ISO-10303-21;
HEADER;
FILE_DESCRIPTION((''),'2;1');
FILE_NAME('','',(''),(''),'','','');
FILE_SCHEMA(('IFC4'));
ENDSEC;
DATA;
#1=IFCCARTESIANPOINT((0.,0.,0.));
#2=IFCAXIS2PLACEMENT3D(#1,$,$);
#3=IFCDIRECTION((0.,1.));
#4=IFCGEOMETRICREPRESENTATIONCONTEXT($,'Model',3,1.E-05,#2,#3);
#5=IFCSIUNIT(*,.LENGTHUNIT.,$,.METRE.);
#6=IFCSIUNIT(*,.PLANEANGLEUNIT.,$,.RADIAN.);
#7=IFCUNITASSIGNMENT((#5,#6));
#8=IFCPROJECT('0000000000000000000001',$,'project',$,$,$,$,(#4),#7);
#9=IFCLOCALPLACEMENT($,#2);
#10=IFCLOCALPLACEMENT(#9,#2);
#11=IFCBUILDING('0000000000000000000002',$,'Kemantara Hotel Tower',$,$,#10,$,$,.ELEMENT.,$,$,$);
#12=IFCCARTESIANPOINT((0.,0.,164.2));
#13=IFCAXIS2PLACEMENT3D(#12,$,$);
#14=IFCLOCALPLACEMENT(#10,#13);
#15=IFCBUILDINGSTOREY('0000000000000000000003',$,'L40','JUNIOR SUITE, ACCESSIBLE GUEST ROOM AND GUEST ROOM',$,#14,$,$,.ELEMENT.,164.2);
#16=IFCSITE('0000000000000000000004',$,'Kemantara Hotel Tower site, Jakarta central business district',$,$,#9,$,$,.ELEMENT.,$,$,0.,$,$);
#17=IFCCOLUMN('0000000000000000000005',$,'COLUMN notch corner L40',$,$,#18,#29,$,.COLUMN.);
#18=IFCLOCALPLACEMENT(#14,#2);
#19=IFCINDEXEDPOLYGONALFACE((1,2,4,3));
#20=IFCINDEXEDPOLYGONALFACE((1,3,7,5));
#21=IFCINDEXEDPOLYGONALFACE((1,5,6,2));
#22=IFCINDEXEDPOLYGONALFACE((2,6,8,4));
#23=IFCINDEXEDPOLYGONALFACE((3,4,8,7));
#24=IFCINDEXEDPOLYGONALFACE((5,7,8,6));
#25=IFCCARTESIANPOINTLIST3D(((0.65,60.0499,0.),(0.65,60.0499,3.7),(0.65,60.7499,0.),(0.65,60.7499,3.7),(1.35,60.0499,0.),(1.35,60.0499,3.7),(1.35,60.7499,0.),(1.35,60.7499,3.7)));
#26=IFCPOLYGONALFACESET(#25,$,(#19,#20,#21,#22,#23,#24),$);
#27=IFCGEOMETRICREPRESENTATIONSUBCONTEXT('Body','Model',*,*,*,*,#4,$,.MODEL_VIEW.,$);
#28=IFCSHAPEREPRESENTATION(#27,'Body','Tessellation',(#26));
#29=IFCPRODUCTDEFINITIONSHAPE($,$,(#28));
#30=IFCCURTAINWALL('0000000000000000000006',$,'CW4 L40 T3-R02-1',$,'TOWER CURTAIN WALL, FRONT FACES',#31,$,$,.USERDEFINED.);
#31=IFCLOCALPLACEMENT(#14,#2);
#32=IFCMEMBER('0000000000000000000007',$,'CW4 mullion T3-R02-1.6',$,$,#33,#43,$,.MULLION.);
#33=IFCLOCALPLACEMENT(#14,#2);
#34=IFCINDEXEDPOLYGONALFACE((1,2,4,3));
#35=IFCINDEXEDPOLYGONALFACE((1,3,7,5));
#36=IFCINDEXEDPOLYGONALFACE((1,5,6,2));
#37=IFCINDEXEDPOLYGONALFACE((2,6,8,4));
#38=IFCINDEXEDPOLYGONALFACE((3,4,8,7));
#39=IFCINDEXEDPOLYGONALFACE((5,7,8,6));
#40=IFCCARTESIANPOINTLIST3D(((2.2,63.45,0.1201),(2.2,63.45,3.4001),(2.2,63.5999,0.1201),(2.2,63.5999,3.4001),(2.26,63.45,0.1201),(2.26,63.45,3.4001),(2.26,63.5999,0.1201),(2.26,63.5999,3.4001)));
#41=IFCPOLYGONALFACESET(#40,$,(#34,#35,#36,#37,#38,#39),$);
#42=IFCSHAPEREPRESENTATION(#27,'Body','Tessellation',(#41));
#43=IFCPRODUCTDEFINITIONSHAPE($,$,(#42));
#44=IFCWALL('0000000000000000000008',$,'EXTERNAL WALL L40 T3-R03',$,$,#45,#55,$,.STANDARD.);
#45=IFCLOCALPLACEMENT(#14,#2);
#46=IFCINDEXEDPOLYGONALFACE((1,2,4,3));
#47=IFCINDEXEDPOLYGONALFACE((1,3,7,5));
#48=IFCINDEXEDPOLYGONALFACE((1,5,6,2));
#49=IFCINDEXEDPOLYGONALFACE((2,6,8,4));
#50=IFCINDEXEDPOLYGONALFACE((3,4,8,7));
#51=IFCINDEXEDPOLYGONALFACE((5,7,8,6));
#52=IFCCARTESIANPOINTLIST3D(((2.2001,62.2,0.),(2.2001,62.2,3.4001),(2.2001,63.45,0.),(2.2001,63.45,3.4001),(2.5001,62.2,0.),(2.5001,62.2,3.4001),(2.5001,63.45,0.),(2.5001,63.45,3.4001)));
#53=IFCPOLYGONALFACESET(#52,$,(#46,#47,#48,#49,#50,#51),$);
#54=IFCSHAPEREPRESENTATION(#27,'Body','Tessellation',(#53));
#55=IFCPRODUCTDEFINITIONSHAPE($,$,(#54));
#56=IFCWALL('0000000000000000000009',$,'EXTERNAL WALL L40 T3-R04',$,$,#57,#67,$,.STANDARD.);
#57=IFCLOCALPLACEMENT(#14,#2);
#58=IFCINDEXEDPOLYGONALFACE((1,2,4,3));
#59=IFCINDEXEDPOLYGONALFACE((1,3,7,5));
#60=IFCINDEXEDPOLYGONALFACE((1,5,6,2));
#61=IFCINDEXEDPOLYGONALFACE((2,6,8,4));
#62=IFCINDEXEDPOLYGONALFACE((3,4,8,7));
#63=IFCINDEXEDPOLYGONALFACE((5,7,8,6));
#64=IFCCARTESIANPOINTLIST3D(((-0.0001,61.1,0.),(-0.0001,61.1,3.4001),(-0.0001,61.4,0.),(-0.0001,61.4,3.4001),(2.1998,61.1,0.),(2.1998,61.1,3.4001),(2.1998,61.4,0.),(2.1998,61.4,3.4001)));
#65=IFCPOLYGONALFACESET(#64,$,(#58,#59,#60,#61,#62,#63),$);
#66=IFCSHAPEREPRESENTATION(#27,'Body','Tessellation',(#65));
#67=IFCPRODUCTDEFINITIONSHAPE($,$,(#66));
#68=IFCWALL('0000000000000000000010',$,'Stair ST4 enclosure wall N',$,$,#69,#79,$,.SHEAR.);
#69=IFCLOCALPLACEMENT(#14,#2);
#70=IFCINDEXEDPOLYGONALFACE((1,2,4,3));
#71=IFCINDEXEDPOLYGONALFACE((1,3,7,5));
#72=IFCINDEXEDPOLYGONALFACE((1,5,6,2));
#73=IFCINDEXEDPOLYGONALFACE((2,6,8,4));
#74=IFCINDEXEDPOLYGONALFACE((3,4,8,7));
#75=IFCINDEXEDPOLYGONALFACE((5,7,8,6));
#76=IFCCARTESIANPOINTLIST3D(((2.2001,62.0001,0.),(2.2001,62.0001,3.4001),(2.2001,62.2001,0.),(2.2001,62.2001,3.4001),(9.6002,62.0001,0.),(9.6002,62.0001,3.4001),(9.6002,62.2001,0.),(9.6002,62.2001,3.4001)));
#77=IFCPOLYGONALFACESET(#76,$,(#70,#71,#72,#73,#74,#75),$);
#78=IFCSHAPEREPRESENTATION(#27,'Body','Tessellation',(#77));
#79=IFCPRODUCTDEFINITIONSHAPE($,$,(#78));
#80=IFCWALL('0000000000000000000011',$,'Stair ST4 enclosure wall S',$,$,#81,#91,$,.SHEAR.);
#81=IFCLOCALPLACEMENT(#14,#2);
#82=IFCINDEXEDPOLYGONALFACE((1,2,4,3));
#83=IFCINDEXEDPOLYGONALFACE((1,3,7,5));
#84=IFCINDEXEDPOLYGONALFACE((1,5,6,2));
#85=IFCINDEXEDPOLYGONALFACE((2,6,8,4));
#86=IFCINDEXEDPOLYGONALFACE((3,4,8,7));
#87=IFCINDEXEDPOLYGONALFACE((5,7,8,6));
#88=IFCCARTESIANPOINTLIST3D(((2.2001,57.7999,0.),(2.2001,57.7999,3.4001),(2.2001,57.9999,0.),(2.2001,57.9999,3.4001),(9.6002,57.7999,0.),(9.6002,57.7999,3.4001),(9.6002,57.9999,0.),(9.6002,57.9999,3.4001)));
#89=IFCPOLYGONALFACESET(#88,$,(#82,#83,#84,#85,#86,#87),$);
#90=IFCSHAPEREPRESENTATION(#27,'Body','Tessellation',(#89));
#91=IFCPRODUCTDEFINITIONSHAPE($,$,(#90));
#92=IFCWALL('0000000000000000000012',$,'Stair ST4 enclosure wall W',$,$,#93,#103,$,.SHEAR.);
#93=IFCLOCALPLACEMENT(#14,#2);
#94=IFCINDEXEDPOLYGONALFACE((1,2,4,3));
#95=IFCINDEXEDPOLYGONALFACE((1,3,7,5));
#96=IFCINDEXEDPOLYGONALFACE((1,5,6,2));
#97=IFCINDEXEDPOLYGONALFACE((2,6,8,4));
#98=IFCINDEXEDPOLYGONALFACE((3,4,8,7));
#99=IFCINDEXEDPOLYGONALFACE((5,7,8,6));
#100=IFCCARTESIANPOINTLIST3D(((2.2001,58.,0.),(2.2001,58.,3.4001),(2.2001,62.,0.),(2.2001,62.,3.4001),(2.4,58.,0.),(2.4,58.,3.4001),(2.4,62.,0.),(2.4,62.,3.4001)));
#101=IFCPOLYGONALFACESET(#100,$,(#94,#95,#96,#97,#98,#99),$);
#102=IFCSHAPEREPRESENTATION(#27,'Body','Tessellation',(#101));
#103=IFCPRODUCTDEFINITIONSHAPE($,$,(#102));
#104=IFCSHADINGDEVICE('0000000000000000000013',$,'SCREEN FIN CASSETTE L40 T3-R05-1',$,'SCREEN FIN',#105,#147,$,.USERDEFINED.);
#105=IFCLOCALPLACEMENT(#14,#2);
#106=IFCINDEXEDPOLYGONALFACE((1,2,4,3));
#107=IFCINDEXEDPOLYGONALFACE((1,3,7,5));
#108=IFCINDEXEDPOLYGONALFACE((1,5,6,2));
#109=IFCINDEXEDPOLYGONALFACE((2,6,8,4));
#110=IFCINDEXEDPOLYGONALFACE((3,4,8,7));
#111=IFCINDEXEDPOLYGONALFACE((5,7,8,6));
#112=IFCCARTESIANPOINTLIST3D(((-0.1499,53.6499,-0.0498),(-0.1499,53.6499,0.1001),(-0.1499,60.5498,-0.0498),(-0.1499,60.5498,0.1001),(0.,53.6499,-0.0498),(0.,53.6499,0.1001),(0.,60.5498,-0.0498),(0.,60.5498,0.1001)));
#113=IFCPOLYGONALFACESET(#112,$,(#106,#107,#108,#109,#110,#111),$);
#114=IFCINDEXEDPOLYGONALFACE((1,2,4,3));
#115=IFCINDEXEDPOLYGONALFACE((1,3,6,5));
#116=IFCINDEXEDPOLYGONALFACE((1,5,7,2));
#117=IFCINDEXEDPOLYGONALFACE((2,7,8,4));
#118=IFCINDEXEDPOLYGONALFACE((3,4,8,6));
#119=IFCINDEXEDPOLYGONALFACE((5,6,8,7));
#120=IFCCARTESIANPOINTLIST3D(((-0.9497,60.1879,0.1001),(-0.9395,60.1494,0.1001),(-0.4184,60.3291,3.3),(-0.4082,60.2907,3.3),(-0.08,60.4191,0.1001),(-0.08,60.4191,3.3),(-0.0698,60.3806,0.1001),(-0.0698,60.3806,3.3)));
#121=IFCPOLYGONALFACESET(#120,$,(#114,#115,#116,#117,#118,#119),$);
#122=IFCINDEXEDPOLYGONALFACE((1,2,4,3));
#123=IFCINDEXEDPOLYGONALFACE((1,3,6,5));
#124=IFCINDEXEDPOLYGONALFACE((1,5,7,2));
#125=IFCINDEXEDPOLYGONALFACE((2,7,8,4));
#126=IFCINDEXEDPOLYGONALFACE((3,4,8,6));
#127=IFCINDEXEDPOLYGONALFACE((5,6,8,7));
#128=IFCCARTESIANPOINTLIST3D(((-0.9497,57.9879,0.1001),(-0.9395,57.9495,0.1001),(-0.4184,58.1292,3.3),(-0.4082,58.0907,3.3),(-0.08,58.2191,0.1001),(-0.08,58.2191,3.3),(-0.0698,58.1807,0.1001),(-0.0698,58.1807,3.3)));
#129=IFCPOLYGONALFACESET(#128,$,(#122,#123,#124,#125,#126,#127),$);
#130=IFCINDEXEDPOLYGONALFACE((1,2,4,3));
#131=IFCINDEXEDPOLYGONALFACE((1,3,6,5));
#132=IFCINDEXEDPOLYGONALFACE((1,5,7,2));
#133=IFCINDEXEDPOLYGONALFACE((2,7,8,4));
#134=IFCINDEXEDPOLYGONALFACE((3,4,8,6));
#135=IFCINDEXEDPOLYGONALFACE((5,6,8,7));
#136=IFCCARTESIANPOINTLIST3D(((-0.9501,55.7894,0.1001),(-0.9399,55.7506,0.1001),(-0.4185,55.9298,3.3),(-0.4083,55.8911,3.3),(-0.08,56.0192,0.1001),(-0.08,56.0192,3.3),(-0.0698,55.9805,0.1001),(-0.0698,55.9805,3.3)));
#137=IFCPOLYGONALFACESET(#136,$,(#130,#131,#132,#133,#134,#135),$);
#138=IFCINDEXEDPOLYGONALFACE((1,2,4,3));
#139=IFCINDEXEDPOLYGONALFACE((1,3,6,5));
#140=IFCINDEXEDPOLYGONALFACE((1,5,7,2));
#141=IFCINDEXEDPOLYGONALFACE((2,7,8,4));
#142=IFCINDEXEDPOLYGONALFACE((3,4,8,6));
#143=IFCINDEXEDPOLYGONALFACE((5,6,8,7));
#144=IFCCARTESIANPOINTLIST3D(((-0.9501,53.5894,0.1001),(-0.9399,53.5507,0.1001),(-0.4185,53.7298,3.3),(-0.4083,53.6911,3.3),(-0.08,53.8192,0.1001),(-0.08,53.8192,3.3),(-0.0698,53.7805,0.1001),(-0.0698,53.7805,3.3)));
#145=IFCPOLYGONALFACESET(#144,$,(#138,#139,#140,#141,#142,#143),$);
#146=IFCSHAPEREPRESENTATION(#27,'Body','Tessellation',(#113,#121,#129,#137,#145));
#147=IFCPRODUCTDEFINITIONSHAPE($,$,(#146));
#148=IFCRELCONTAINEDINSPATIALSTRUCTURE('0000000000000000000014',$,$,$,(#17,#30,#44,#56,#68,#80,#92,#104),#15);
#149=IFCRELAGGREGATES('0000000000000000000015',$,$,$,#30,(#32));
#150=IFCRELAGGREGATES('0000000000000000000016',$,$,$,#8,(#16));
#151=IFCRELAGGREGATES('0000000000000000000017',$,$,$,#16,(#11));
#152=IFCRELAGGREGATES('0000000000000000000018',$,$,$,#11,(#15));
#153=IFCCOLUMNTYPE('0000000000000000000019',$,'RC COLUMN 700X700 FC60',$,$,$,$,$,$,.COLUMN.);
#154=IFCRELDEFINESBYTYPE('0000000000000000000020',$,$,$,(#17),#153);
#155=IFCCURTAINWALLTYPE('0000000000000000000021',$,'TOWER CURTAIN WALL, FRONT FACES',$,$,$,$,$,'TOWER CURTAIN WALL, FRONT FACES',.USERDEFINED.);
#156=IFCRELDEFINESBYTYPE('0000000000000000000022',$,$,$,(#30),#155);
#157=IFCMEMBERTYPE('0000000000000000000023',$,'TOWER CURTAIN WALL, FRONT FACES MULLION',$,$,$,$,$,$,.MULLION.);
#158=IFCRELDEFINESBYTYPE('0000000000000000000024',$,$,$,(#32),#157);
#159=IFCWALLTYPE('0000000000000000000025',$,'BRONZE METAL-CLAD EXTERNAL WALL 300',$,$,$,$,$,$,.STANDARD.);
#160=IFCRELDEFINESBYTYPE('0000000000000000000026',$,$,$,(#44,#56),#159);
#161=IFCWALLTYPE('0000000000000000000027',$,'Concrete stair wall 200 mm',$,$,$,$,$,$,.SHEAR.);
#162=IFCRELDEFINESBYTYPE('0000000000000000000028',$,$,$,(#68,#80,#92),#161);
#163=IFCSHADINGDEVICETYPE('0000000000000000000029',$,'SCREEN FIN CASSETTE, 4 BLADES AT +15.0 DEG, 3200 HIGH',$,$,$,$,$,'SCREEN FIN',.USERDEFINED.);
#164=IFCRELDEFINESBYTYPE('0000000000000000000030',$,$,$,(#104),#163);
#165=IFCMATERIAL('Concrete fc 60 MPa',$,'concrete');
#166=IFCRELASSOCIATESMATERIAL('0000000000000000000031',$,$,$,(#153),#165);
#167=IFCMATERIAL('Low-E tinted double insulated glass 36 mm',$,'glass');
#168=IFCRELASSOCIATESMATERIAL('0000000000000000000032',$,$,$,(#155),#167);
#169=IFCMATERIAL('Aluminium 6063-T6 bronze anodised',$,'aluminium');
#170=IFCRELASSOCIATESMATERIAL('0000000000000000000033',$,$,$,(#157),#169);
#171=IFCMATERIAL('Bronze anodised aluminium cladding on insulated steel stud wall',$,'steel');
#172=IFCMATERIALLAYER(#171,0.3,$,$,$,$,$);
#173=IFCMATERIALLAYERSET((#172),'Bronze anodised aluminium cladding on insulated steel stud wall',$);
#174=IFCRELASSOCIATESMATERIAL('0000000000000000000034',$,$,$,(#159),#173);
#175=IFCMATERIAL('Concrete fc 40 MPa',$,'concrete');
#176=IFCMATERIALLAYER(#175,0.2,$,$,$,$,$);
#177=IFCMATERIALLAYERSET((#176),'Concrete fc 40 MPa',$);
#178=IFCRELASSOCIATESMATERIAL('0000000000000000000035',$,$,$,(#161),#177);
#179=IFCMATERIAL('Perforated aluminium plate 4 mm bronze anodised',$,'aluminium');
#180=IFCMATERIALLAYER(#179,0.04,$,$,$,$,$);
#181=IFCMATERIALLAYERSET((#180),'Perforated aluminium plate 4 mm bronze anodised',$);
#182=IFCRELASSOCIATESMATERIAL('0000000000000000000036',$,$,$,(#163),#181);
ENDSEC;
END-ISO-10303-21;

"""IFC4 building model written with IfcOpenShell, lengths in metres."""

from ifc_helpers import new_model, si_unit, direction, frame, frame_2d, origin, origin_2d, place, context, subcontext, project, spatial, polyline, rectangle, outline, extrude, source, transform, mapped, material, layer, layer_set, material_profile, profile_set, type_object, element, aggregate, save


model = new_model("IFC4")

# Units and contexts
model_context = context("Model", 3, precision=1e-05, world=origin(), true_north=direction((0.0, 1.0)))
body_context = subcontext(model_context, "Body", "Model", "MODEL_VIEW")
ifc_project = project(units=[si_unit("LENGTHUNIT", "METRE"), si_unit("PLANEANGLEUNIT", "RADIAN")], contexts=[model_context])

# Site, building, storey
site_placement = place(None, origin())
site = spatial("IfcSite", under=ifc_project, at=site_placement, Name="Kemantara Hotel Tower site, Jakarta central business district", CompositionType="ELEMENT", RefElevation=0.0)
building_placement = place(site_placement, origin())
building = spatial("IfcBuilding", under=site, at=building_placement, Name="Kemantara Hotel Tower", CompositionType="ELEMENT")
storey_placement = place(building_placement, frame((0.0, 0.0, 164.2)))
storey = spatial("IfcBuildingStorey", under=building, at=storey_placement, Name="L40", Description="JUNIOR SUITE, ACCESSIBLE GUEST ROOM AND GUEST ROOM", CompositionType="ELEMENT", Elevation=164.2)

# Column
ifc_material_1 = material(Name="Concrete fc 60 MPa", Category="concrete")
ifc_material_profile_1 = material_profile(ifc_material_1, rectangle(XDim=0.7, YDim=0.7, at=origin_2d()), Name="RC 700X700")
ifc_profile_set_1 = profile_set([ifc_material_profile_1], Name="Concrete fc 60 MPa")
column_type = type_object("IfcColumnType", Name="RC COLUMN 700X700 FC60", PredefinedType="COLUMN", material=ifc_profile_set_1)
column_placement = place(storey_placement, frame((1.0, 60.3999, 0.0), z_axis=(0.0, 0.0, 1.0), x_axis=(1.0, 0.0, 0.0)))
element("IfcColumn", 1, at=column_placement, inside=storey, type_object=column_type, Name="COLUMN notch corner L40", PredefinedType="COLUMN", context=body_context, shape_type="SweptSolid", body=[
    extrude(rectangle(XDim=0.7, YDim=0.7, at=origin_2d()), origin(), (0.0, 0.0, 1.0), 3.7),
])

# Curtain wall, member
ifc_material_2 = material(Name="Low-E tinted double insulated glass 36 mm", Category="glass")
curtain_wall_type = type_object("IfcCurtainWallType", Name="TOWER CURTAIN WALL, FRONT FACES", ElementType="TOWER CURTAIN WALL, FRONT FACES", PredefinedType="USERDEFINED", material=ifc_material_2)
curtain_wall_placement = place(storey_placement, origin())
curtain_wall = element("IfcCurtainWall", 2, at=curtain_wall_placement, inside=storey, type_object=curtain_wall_type, Name="CW4 L40 T3-R02-1", ObjectType="TOWER CURTAIN WALL, FRONT FACES", PredefinedType="USERDEFINED")
ifc_material_3 = material(Name="Aluminium 6063-T6 bronze anodised", Category="aluminium")
ifc_material_profile_2 = material_profile(ifc_material_3, rectangle(XDim=0.1499, YDim=0.0601, at=origin_2d()), Name="TOWER CURTAIN WALL, FRONT FACES MULLION")
ifc_profile_set_2 = profile_set([ifc_material_profile_2], Name="Aluminium 6063-T6 bronze anodised")
member_type = type_object("IfcMemberType", Name="TOWER CURTAIN WALL, FRONT FACES MULLION", PredefinedType="MULLION", material=ifc_profile_set_2)
shared_shape_1 = source(origin(), body_context, "Body", "SweptSolid", [
    extrude(rectangle(XDim=0.1499, YDim=0.0601, at=origin_2d()), origin(), (0.0, 0.0, 1.0), 3.28),
])
member_placement = place(storey_placement, frame((2.23, 63.5249, 0.1201), z_axis=(0.0, 0.0, 1.0), x_axis=(0.0, -1.0, 0.0)))
member = element("IfcMember", 3, at=member_placement, type_object=member_type, Name="CW4 mullion T3-R02-1.6", PredefinedType="MULLION", context=body_context, shape_type="MappedRepresentation", body=[
    mapped(shared_shape_1, transform((0.0, 0.0, 0.0))),
])
aggregate(curtain_wall, [member])

# Walls
ifc_material_4 = material(Name="Bronze anodised aluminium cladding on insulated steel stud wall", Category="steel")
ifc_layer_1 = layer(ifc_material_4, 0.3)
ifc_layer_set_1 = layer_set([ifc_layer_1], Name="Bronze anodised aluminium cladding on insulated steel stud wall")
wall_type_1 = type_object("IfcWallType", Name="BRONZE METAL-CLAD EXTERNAL WALL 300", PredefinedType="STANDARD", material=ifc_layer_set_1)
wall_1_placement = place(storey_placement, frame((2.3501, 63.45, 0.0), z_axis=(0.0, 0.0, 1.0), x_axis=(0.0, -1.0, 0.0)))
element("IfcWall", 4, at=wall_1_placement, inside=storey, type_object=wall_type_1, Name="EXTERNAL WALL L40 T3-R03", PredefinedType="STANDARD", context=body_context, shape_type="SweptSolid", body=[
    extrude(rectangle(XDim=1.25, YDim=0.3, at=frame_2d((0.625, 0.0))), origin(), (0.0, 0.0, 1.0), 3.4001),
])
wall_2_placement = place(storey_placement, frame((2.2, 61.25, 0.0), z_axis=(0.0, 0.0, 1.0), x_axis=(-1.0, 0.0, 0.0)))
element("IfcWall", 5, at=wall_2_placement, inside=storey, type_object=wall_type_1, Name="EXTERNAL WALL L40 T3-R04", PredefinedType="STANDARD", context=body_context, shape_type="SweptSolid", body=[
    extrude(rectangle(XDim=2.2, YDim=0.3, at=frame_2d((1.1001, 0.0))), origin(), (0.0, 0.0, 1.0), 3.4001),
])

# Walls
ifc_material_5 = material(Name="Concrete fc 40 MPa", Category="concrete")
ifc_layer_2 = layer(ifc_material_5, 0.2)
ifc_layer_set_2 = layer_set([ifc_layer_2], Name="Concrete fc 40 MPa")
wall_type_2 = type_object("IfcWallType", Name="Concrete stair wall 200 mm", PredefinedType="SHEAR", material=ifc_layer_set_2)
for number, where, z_axis, x_axis, name in (
    (6, (2.2, 62.1001, 0.0), (0.0, 0.0, 1.0), (1.0, 0.0, 0.0), "Stair ST4 enclosure wall N"),
    (7, (2.2, 57.8999, 0.0), (0.0, 0.0, 1.0), (1.0, 0.0, 0.0), "Stair ST4 enclosure wall S"),
):
    element("IfcWall", number, at=place(storey_placement, frame(where, z_axis=z_axis, x_axis=x_axis)), inside=storey, type_object=wall_type_2, Name=name, PredefinedType="SHEAR", context=body_context, shape_type="SweptSolid", body=[
        extrude(rectangle(XDim=7.4001, YDim=0.2, at=frame_2d((3.7002, 0.0))), origin(), (0.0, 0.0, 1.0), 3.4001),
    ])
wall_3_placement = place(storey_placement, frame((2.3, 58.0, 0.0), z_axis=(0.0, 0.0, 1.0), x_axis=(0.0, 1.0, 0.0)))
element("IfcWall", 8, at=wall_3_placement, inside=storey, type_object=wall_type_2, Name="Stair ST4 enclosure wall W", PredefinedType="SHEAR", context=body_context, shape_type="SweptSolid", body=[
    extrude(rectangle(XDim=4.0, YDim=0.2, at=frame_2d((2.0, 0.0))), origin(), (0.0, 0.0, 1.0), 3.4001),
])

# Shading device
ifc_material_6 = material(Name="Perforated aluminium plate 4 mm bronze anodised", Category="aluminium")
ifc_layer_3 = layer(ifc_material_6, 0.04)
ifc_layer_set_3 = layer_set([ifc_layer_3], Name="Perforated aluminium plate 4 mm bronze anodised")
shading_device_type = type_object("IfcShadingDeviceType", Name="SCREEN FIN CASSETTE, 4 BLADES AT +15.0 DEG, 3200 HIGH", ElementType="SCREEN FIN", PredefinedType="USERDEFINED", material=ifc_layer_set_3)
shared_shape_2 = source(origin(), body_context, "Body", "SweptSolid", [
    extrude(rectangle(XDim=6.8999, YDim=0.1499, at=origin_2d()), frame((3.3, -0.075, -0.1499), z_axis=(0.0, 0.0, 1.0), x_axis=(1.0, 0.0, 0.0)), (0.0, 0.0, 1.0), 0.1499),
    extrude(outline(polyline([(0.0, 0.0), (0.8999, 0.0), (0.3501, 3.2), (0.0, 3.2), (0.0, 0.0)])), frame((0.0193, -0.0698, 0.0), z_axis=(-0.966438, -0.256901, 0.0), x_axis=(0.256901, -0.966438, 0.0)), (0.0, 0.0, 1.0), 0.0398),
    extrude(outline(polyline([(0.0, 0.0), (0.8999, 0.0), (0.3501, 3.2), (0.0, 3.2), (0.0, 0.0)])), frame((2.2192, -0.0698, 0.0), z_axis=(-0.966438, -0.256901, 0.0), x_axis=(0.256901, -0.966438, 0.0)), (0.0, 0.0, 1.0), 0.0398),
    extrude(outline(polyline([(0.0, 0.0), (0.8999, 0.0), (0.3501, 3.2), (0.0, 3.2), (0.0, 0.0)])), frame((4.4194, -0.0698, 0.0), z_axis=(-0.966838, -0.255391, 0.0), x_axis=(0.255391, -0.966838, 0.0)), (0.0, 0.0, 1.0), 0.04),
    extrude(outline(polyline([(0.0, 0.0), (0.8999, 0.0), (0.3501, 3.2), (0.0, 3.2), (0.0, 0.0)])), frame((6.6194, -0.0698, 0.0), z_axis=(-0.966838, -0.255391, 0.0), x_axis=(0.255391, -0.966838, 0.0)), (0.0, 0.0, 1.0), 0.04),
])
shading_device_placement = place(storey_placement, frame((0.0, 60.3999, 0.1001), z_axis=(0.0, 0.0, 1.0), x_axis=(0.0, -1.0, 0.0)))
element("IfcShadingDevice", 9, at=shading_device_placement, inside=storey, type_object=shading_device_type, Name="SCREEN FIN CASSETTE L40 T3-R05-1", ObjectType="SCREEN FIN", PredefinedType="USERDEFINED", context=body_context, shape_type="MappedRepresentation", body=[
    mapped(shared_shape_2, transform((0.0, 0.0, 0.0))),
])

save(model, "model.ifc")
